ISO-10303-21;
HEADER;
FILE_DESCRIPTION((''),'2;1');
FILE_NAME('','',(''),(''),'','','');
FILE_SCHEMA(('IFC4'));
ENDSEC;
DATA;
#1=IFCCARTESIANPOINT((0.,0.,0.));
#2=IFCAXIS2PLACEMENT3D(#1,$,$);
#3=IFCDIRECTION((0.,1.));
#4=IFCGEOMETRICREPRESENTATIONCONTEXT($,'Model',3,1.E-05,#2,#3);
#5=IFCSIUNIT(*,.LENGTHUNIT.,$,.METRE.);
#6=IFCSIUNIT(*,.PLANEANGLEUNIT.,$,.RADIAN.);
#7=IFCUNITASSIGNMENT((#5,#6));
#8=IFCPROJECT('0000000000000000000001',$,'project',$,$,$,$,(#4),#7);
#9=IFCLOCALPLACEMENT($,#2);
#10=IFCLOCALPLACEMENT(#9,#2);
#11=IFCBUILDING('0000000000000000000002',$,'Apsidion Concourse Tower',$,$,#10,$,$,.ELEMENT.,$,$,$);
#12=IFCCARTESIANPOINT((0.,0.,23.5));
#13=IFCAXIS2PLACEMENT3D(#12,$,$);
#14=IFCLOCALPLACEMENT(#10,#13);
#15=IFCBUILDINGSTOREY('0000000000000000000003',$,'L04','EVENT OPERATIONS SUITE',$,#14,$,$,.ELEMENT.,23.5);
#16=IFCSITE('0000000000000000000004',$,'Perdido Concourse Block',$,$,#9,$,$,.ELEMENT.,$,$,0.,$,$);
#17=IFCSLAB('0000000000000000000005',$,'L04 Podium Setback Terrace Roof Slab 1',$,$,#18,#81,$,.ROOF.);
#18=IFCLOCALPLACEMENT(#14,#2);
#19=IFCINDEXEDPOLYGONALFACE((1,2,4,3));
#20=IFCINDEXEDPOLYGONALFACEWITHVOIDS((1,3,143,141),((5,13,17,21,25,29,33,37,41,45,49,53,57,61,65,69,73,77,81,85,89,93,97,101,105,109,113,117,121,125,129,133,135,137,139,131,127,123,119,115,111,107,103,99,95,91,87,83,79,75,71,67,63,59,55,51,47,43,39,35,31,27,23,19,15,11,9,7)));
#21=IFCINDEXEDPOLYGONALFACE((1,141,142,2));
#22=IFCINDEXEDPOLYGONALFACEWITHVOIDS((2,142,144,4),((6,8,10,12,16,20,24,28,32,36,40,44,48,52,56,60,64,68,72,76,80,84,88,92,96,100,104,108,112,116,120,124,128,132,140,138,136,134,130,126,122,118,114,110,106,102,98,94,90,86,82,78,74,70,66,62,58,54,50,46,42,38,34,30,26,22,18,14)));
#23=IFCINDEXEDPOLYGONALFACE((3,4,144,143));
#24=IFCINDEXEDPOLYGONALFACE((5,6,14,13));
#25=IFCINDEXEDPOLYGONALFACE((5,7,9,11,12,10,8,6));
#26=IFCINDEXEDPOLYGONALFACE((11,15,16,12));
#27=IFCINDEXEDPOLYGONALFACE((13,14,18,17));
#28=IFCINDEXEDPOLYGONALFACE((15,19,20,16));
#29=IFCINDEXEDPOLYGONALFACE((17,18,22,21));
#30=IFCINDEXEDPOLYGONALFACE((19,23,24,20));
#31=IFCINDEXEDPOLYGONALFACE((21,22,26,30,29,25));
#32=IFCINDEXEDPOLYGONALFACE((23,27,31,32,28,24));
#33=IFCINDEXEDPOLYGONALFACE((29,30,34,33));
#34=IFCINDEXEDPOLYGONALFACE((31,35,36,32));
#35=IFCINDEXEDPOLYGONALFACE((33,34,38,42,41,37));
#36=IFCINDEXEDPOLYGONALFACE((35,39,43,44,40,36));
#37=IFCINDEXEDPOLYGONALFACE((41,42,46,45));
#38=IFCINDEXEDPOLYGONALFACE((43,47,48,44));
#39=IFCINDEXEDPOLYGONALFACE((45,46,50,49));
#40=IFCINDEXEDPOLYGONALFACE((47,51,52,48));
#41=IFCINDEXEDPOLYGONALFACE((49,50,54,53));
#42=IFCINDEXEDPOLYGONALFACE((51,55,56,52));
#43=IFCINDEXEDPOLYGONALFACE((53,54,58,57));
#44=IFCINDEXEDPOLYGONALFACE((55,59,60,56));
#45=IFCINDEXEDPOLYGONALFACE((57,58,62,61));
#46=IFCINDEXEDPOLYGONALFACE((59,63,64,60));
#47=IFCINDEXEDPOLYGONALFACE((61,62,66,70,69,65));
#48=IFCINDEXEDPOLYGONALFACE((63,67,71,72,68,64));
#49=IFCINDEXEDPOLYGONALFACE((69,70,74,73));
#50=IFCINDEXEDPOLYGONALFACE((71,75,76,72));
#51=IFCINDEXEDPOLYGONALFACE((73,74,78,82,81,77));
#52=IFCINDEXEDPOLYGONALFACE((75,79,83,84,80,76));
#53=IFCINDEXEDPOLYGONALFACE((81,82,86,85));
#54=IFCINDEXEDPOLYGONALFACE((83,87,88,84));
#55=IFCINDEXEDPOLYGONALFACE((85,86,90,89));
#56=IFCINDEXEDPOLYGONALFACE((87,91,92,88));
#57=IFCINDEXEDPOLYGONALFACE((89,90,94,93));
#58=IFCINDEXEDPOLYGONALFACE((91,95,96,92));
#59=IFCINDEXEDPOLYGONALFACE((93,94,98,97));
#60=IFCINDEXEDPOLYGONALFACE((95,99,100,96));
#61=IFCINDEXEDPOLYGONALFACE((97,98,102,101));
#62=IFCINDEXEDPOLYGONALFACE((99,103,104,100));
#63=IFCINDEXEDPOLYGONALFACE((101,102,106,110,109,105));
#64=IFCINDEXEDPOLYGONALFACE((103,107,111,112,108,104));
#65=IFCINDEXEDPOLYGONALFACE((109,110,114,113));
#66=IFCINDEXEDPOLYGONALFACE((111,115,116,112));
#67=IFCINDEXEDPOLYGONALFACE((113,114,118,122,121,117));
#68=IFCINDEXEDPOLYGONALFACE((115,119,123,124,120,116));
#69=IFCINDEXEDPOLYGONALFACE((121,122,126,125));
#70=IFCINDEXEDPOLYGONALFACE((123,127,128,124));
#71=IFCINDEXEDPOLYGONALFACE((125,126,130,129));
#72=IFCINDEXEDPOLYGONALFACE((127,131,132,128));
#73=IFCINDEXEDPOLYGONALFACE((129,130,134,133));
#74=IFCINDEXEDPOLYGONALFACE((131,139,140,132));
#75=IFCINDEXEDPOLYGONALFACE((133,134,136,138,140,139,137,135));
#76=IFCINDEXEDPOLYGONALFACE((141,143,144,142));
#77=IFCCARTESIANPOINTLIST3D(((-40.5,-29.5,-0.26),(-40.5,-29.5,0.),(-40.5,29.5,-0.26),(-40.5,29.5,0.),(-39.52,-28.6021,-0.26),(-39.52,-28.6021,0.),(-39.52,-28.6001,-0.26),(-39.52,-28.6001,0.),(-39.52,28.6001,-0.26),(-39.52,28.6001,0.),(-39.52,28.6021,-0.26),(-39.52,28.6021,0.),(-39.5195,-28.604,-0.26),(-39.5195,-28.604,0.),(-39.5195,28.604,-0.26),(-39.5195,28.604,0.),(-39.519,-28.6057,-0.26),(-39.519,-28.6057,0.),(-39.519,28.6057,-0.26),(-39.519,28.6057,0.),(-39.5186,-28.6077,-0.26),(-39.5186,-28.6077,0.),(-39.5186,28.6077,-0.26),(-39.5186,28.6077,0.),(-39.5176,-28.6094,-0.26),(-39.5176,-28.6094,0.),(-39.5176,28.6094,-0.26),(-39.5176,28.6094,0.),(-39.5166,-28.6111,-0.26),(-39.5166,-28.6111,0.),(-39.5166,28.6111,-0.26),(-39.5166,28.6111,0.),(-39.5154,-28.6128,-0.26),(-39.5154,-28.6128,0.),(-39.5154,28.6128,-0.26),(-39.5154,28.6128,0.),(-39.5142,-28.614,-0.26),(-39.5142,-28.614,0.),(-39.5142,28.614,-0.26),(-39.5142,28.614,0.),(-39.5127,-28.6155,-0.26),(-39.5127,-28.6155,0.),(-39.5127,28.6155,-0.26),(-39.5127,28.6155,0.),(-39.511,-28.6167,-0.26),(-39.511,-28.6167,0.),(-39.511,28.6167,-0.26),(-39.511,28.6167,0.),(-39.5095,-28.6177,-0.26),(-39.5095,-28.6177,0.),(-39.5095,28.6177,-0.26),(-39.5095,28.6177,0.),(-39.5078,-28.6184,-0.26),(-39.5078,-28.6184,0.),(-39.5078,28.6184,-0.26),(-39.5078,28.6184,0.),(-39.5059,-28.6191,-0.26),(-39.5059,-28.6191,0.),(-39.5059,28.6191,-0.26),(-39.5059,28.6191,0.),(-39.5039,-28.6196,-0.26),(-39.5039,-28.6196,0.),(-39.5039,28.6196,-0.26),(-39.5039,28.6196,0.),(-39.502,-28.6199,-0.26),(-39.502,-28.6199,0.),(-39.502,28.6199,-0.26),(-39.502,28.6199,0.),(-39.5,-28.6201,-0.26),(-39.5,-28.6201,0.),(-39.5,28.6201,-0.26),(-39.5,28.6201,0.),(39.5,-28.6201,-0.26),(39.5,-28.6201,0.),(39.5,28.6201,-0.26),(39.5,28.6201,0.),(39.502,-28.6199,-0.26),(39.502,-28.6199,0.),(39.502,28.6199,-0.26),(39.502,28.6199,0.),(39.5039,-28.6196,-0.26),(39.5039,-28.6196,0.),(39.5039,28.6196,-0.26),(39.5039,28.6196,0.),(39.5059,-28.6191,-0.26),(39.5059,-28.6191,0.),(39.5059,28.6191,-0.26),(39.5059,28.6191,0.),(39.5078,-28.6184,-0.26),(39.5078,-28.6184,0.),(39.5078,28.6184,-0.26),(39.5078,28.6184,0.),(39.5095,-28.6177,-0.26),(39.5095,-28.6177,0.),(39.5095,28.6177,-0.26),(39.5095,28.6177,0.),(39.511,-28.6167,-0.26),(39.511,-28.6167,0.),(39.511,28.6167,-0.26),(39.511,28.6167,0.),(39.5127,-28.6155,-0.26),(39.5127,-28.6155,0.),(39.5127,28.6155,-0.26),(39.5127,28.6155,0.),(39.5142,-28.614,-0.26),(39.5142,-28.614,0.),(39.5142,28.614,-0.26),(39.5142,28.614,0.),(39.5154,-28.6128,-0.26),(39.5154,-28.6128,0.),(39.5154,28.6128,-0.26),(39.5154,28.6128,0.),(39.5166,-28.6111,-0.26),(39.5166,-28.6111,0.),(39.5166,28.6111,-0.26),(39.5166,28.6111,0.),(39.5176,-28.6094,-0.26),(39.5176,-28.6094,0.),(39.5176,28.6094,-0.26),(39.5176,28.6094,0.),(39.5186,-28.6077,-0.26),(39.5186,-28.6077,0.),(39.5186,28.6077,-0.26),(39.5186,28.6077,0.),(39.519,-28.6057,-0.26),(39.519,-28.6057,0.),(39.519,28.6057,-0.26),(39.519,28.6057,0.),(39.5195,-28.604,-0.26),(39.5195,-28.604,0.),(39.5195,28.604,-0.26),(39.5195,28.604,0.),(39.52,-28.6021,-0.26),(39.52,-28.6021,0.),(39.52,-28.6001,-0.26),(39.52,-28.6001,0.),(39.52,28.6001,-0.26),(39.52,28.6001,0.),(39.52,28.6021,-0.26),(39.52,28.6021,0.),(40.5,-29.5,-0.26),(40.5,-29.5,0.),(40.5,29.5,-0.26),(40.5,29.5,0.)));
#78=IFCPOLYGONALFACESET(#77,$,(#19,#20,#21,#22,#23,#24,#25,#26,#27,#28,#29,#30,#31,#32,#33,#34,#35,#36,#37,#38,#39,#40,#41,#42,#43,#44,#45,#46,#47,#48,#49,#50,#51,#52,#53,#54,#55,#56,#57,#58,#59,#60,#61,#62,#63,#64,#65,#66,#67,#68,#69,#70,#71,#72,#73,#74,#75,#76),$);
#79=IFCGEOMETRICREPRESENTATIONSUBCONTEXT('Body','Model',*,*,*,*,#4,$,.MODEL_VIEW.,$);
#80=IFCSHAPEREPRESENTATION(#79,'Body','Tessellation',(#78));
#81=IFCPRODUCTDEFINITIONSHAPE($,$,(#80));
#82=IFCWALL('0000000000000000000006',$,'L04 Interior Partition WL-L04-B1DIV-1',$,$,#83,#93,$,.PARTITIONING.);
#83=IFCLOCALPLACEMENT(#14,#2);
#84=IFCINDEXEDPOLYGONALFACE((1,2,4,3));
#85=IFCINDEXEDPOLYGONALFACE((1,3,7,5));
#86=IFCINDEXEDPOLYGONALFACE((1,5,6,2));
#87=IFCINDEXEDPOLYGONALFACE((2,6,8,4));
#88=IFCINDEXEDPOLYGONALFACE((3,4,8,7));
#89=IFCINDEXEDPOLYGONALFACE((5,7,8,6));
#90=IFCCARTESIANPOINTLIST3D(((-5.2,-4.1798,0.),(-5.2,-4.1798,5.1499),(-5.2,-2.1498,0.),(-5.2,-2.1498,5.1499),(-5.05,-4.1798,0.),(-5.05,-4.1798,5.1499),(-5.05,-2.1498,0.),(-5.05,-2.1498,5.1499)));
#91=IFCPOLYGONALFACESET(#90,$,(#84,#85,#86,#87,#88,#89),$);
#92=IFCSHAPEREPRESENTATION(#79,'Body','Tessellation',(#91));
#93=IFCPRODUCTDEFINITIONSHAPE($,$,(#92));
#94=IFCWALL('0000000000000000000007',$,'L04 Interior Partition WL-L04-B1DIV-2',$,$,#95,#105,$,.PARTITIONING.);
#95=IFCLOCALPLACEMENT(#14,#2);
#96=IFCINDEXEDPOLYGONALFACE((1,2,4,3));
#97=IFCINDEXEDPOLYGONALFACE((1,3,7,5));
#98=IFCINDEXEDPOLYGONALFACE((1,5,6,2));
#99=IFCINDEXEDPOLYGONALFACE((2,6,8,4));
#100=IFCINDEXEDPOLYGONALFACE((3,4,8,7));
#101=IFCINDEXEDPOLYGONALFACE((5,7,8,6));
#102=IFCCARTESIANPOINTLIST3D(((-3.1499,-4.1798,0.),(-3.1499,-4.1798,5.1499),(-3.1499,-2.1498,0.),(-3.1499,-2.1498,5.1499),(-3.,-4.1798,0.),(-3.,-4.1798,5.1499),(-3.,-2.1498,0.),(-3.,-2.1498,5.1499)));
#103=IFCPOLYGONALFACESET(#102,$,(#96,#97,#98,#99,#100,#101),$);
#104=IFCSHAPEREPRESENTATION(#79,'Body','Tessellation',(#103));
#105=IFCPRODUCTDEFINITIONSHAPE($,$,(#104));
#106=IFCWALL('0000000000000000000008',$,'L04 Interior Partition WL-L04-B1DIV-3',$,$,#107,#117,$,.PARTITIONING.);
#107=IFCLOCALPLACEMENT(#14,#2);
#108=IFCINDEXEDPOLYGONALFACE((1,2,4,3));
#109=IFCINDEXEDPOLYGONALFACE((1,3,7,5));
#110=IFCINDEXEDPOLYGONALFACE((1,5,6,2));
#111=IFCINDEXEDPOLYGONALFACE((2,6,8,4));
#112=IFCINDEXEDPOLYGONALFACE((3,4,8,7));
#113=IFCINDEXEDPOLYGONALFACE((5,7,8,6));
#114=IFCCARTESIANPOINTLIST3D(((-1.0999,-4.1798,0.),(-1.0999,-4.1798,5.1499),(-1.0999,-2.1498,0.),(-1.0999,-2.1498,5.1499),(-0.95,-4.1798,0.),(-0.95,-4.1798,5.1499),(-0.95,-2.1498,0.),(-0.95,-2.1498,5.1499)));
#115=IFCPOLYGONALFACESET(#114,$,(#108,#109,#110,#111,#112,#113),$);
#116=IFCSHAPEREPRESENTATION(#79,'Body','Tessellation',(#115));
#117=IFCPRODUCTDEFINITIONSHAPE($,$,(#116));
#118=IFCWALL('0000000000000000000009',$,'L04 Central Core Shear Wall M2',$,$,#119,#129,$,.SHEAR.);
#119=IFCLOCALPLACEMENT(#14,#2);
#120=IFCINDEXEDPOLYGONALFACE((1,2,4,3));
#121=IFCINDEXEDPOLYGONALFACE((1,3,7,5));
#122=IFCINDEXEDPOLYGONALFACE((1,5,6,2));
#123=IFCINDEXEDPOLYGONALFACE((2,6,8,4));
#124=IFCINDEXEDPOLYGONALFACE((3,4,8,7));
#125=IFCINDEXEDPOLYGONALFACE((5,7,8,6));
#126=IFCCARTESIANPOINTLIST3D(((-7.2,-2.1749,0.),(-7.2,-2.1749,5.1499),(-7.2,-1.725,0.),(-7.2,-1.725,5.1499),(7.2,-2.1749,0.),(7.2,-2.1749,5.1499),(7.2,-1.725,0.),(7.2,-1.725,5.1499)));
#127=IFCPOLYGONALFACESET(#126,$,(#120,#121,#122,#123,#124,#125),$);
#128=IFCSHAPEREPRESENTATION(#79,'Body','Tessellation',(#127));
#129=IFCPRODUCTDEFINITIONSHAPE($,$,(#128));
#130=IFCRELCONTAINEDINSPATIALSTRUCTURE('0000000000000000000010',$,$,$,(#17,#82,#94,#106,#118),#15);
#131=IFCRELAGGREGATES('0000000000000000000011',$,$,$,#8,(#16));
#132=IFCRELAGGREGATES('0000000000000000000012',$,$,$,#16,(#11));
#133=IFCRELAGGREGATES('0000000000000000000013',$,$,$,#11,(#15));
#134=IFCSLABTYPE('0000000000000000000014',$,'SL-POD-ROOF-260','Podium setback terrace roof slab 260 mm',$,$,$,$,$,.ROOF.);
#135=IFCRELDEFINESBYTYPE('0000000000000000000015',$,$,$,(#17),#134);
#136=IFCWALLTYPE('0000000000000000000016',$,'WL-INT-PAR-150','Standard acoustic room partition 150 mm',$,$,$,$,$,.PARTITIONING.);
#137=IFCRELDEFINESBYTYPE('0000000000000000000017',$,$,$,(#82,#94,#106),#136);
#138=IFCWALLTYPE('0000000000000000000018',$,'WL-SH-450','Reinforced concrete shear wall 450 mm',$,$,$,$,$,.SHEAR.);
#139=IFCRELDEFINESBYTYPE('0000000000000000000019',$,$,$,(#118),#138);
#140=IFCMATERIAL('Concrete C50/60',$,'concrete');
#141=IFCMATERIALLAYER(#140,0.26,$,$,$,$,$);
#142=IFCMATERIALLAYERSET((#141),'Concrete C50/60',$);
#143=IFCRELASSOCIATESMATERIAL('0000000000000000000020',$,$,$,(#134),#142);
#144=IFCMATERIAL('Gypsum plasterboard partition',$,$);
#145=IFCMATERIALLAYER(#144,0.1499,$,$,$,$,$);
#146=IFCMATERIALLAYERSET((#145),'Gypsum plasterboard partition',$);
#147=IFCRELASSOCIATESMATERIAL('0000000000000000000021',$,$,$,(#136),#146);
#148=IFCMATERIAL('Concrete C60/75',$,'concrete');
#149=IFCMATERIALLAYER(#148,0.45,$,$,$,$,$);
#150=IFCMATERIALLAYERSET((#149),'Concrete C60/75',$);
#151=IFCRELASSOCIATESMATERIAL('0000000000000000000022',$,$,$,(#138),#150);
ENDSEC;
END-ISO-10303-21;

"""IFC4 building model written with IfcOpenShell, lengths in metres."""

from ifc_helpers import new_model, si_unit, direction, frame, frame_2d, origin, place, context, subcontext, project, spatial, polyline, rectangle, outline, extrude, material, layer, layer_set, type_object, element, save


model = new_model("IFC4")

# Units and contexts
model_context = context("Model", 3, precision=1e-05, world=origin(), true_north=direction((0.0, 1.0)))
body_context = subcontext(model_context, "Body", "Model", "MODEL_VIEW")
ifc_project = project(units=[si_unit("LENGTHUNIT", "METRE"), si_unit("PLANEANGLEUNIT", "RADIAN")], contexts=[model_context])

# Site, building, storey
site_placement = place(None, origin())
site = spatial("IfcSite", under=ifc_project, at=site_placement, Name="Perdido Concourse Block", CompositionType="ELEMENT", RefElevation=0.0)
building_placement = place(site_placement, origin())
building = spatial("IfcBuilding", under=site, at=building_placement, Name="Apsidion Concourse Tower", CompositionType="ELEMENT")
storey_placement = place(building_placement, frame((0.0, 0.0, 23.5)))
storey = spatial("IfcBuildingStorey", under=building, at=storey_placement, Name="L04", Description="EVENT OPERATIONS SUITE", CompositionType="ELEMENT", Elevation=23.5)

# Shared definitions
ifc_material_1 = material(Name="Concrete C50/60", Category="concrete")

# Slab
ifc_layer_1 = layer(ifc_material_1, 0.26)
ifc_layer_set_1 = layer_set([ifc_layer_1], Name="Concrete C50/60")
slab_type_1 = type_object("IfcSlabType", Name="SL-POD-ROOF-260", Description="Podium setback terrace roof slab 260 mm", PredefinedType="ROOF", material=ifc_layer_set_1)
slab_1_placement = place(storey_placement, frame((0.0, 0.0, -0.26)))
element("IfcSlab", 1, at=slab_1_placement, inside=storey, type_object=slab_type_1, Name="L04 Podium Setback Terrace Roof Slab 1", PredefinedType="ROOF", context=body_context, shape_type="SweptSolid", body=[
    extrude(outline(polyline([(-40.5, 29.5), (40.5, 29.5), (40.5, -29.5), (-40.5, -29.5), (-40.5, 29.5)]), holes=[polyline([(-39.52, -28.6021), (-39.5195, -28.604), (-39.519, -28.6057), (-39.5186, -28.6077), (-39.5176, -28.6094), (-39.5166, -28.6111), (-39.5154, -28.6128), (-39.5142, -28.614), (-39.5127, -28.6155), (-39.511, -28.6167), (-39.5095, -28.6177), (-39.5078, -28.6184), (-39.5059, -28.6191), (-39.5039, -28.6196), (-39.502, -28.6199), (-39.5, -28.6201), (39.5, -28.6201), (39.502, -28.6199), (39.5039, -28.6196), (39.5059, -28.6191), (39.5078, -28.6184), (39.5095, -28.6177), (39.511, -28.6167), (39.5127, -28.6155), (39.5142, -28.614), (39.5154, -28.6128), (39.5166, -28.6111), (39.5176, -28.6094), (39.5186, -28.6077), (39.519, -28.6057), (39.5195, -28.604), (39.52, -28.6021), (39.52, -28.6001), (39.52, 28.6001), (39.52, 28.6021), (39.5195, 28.604), (39.519, 28.6057), (39.5186, 28.6077), (39.5176, 28.6094), (39.5166, 28.6111), (39.5154, 28.6128), (39.5142, 28.614), (39.5127, 28.6155), (39.511, 28.6167), (39.5095, 28.6177), (39.5078, 28.6184), (39.5059, 28.6191), (39.5039, 28.6196), (39.502, 28.6199), (39.5, 28.6201), (-39.5, 28.6201), (-39.502, 28.6199), (-39.5039, 28.6196), (-39.5059, 28.6191), (-39.5078, 28.6184), (-39.5095, 28.6177), (-39.511, 28.6167), (-39.5127, 28.6155), (-39.5142, 28.614), (-39.5154, 28.6128), (-39.5166, 28.6111), (-39.5176, 28.6094), (-39.5186, 28.6077), (-39.519, 28.6057), (-39.5195, 28.604), (-39.52, 28.6021), (-39.52, 28.6001), (-39.52, -28.6001), (-39.52, -28.6021)])]), origin(), (0.0, 0.0, 1.0), 0.26),
])

# Walls
ifc_material_2 = material(Name="Gypsum plasterboard partition")
ifc_layer_2 = layer(ifc_material_2, 0.1499)
ifc_layer_set_2 = layer_set([ifc_layer_2], Name="Gypsum plasterboard partition")
wall_type_1 = type_object("IfcWallType", Name="WL-INT-PAR-150", Description="Standard acoustic room partition 150 mm", PredefinedType="PARTITIONING", material=ifc_layer_set_2)
for number, where, z_axis, x_axis, name in (
    (2, (-5.125, -4.1799, 0.0), (0.0, 0.0, 1.0), (0.0, 1.0, 0.0), "L04 Interior Partition WL-L04-B1DIV-1"),
    (3, (-3.075, -4.1799, 0.0), (0.0, 0.0, 1.0), (0.0, 1.0, 0.0), "L04 Interior Partition WL-L04-B1DIV-2"),
    (4, (-1.0249, -4.1799, 0.0), (0.0, 0.0, 1.0), (0.0, 1.0, 0.0), "L04 Interior Partition WL-L04-B1DIV-3"),
):
    element("IfcWall", number, at=place(storey_placement, frame(where, z_axis=z_axis, x_axis=x_axis)), inside=storey, type_object=wall_type_1, Name=name, PredefinedType="PARTITIONING", context=body_context, shape_type="SweptSolid", body=[
        extrude(rectangle(XDim=2.03, YDim=0.1499, at=frame_2d((1.0151, 0.0))), origin(), (0.0, 0.0, 1.0), 5.1499),
    ])

# Wall
ifc_material_3 = material(Name="Concrete C60/75", Category="concrete")
ifc_layer_3 = layer(ifc_material_3, 0.45)
ifc_layer_set_3 = layer_set([ifc_layer_3], Name="Concrete C60/75")
wall_type_2 = type_object("IfcWallType", Name="WL-SH-450", Description="Reinforced concrete shear wall 450 mm", PredefinedType="SHEAR", material=ifc_layer_set_3)
wall_1_placement = place(storey_placement, frame((-7.2, -1.95, 0.0), z_axis=(0.0, 0.0, 1.0), x_axis=(1.0, 0.0, 0.0)))
element("IfcWall", 5, at=wall_1_placement, inside=storey, type_object=wall_type_2, Name="L04 Central Core Shear Wall M2", PredefinedType="SHEAR", context=body_context, shape_type="SweptSolid", body=[
    extrude(rectangle(XDim=14.3999, YDim=0.45, at=frame_2d((7.2, 0.0))), origin(), (0.0, 0.0, 1.0), 5.1499),
])

save(model, "model.ifc")
